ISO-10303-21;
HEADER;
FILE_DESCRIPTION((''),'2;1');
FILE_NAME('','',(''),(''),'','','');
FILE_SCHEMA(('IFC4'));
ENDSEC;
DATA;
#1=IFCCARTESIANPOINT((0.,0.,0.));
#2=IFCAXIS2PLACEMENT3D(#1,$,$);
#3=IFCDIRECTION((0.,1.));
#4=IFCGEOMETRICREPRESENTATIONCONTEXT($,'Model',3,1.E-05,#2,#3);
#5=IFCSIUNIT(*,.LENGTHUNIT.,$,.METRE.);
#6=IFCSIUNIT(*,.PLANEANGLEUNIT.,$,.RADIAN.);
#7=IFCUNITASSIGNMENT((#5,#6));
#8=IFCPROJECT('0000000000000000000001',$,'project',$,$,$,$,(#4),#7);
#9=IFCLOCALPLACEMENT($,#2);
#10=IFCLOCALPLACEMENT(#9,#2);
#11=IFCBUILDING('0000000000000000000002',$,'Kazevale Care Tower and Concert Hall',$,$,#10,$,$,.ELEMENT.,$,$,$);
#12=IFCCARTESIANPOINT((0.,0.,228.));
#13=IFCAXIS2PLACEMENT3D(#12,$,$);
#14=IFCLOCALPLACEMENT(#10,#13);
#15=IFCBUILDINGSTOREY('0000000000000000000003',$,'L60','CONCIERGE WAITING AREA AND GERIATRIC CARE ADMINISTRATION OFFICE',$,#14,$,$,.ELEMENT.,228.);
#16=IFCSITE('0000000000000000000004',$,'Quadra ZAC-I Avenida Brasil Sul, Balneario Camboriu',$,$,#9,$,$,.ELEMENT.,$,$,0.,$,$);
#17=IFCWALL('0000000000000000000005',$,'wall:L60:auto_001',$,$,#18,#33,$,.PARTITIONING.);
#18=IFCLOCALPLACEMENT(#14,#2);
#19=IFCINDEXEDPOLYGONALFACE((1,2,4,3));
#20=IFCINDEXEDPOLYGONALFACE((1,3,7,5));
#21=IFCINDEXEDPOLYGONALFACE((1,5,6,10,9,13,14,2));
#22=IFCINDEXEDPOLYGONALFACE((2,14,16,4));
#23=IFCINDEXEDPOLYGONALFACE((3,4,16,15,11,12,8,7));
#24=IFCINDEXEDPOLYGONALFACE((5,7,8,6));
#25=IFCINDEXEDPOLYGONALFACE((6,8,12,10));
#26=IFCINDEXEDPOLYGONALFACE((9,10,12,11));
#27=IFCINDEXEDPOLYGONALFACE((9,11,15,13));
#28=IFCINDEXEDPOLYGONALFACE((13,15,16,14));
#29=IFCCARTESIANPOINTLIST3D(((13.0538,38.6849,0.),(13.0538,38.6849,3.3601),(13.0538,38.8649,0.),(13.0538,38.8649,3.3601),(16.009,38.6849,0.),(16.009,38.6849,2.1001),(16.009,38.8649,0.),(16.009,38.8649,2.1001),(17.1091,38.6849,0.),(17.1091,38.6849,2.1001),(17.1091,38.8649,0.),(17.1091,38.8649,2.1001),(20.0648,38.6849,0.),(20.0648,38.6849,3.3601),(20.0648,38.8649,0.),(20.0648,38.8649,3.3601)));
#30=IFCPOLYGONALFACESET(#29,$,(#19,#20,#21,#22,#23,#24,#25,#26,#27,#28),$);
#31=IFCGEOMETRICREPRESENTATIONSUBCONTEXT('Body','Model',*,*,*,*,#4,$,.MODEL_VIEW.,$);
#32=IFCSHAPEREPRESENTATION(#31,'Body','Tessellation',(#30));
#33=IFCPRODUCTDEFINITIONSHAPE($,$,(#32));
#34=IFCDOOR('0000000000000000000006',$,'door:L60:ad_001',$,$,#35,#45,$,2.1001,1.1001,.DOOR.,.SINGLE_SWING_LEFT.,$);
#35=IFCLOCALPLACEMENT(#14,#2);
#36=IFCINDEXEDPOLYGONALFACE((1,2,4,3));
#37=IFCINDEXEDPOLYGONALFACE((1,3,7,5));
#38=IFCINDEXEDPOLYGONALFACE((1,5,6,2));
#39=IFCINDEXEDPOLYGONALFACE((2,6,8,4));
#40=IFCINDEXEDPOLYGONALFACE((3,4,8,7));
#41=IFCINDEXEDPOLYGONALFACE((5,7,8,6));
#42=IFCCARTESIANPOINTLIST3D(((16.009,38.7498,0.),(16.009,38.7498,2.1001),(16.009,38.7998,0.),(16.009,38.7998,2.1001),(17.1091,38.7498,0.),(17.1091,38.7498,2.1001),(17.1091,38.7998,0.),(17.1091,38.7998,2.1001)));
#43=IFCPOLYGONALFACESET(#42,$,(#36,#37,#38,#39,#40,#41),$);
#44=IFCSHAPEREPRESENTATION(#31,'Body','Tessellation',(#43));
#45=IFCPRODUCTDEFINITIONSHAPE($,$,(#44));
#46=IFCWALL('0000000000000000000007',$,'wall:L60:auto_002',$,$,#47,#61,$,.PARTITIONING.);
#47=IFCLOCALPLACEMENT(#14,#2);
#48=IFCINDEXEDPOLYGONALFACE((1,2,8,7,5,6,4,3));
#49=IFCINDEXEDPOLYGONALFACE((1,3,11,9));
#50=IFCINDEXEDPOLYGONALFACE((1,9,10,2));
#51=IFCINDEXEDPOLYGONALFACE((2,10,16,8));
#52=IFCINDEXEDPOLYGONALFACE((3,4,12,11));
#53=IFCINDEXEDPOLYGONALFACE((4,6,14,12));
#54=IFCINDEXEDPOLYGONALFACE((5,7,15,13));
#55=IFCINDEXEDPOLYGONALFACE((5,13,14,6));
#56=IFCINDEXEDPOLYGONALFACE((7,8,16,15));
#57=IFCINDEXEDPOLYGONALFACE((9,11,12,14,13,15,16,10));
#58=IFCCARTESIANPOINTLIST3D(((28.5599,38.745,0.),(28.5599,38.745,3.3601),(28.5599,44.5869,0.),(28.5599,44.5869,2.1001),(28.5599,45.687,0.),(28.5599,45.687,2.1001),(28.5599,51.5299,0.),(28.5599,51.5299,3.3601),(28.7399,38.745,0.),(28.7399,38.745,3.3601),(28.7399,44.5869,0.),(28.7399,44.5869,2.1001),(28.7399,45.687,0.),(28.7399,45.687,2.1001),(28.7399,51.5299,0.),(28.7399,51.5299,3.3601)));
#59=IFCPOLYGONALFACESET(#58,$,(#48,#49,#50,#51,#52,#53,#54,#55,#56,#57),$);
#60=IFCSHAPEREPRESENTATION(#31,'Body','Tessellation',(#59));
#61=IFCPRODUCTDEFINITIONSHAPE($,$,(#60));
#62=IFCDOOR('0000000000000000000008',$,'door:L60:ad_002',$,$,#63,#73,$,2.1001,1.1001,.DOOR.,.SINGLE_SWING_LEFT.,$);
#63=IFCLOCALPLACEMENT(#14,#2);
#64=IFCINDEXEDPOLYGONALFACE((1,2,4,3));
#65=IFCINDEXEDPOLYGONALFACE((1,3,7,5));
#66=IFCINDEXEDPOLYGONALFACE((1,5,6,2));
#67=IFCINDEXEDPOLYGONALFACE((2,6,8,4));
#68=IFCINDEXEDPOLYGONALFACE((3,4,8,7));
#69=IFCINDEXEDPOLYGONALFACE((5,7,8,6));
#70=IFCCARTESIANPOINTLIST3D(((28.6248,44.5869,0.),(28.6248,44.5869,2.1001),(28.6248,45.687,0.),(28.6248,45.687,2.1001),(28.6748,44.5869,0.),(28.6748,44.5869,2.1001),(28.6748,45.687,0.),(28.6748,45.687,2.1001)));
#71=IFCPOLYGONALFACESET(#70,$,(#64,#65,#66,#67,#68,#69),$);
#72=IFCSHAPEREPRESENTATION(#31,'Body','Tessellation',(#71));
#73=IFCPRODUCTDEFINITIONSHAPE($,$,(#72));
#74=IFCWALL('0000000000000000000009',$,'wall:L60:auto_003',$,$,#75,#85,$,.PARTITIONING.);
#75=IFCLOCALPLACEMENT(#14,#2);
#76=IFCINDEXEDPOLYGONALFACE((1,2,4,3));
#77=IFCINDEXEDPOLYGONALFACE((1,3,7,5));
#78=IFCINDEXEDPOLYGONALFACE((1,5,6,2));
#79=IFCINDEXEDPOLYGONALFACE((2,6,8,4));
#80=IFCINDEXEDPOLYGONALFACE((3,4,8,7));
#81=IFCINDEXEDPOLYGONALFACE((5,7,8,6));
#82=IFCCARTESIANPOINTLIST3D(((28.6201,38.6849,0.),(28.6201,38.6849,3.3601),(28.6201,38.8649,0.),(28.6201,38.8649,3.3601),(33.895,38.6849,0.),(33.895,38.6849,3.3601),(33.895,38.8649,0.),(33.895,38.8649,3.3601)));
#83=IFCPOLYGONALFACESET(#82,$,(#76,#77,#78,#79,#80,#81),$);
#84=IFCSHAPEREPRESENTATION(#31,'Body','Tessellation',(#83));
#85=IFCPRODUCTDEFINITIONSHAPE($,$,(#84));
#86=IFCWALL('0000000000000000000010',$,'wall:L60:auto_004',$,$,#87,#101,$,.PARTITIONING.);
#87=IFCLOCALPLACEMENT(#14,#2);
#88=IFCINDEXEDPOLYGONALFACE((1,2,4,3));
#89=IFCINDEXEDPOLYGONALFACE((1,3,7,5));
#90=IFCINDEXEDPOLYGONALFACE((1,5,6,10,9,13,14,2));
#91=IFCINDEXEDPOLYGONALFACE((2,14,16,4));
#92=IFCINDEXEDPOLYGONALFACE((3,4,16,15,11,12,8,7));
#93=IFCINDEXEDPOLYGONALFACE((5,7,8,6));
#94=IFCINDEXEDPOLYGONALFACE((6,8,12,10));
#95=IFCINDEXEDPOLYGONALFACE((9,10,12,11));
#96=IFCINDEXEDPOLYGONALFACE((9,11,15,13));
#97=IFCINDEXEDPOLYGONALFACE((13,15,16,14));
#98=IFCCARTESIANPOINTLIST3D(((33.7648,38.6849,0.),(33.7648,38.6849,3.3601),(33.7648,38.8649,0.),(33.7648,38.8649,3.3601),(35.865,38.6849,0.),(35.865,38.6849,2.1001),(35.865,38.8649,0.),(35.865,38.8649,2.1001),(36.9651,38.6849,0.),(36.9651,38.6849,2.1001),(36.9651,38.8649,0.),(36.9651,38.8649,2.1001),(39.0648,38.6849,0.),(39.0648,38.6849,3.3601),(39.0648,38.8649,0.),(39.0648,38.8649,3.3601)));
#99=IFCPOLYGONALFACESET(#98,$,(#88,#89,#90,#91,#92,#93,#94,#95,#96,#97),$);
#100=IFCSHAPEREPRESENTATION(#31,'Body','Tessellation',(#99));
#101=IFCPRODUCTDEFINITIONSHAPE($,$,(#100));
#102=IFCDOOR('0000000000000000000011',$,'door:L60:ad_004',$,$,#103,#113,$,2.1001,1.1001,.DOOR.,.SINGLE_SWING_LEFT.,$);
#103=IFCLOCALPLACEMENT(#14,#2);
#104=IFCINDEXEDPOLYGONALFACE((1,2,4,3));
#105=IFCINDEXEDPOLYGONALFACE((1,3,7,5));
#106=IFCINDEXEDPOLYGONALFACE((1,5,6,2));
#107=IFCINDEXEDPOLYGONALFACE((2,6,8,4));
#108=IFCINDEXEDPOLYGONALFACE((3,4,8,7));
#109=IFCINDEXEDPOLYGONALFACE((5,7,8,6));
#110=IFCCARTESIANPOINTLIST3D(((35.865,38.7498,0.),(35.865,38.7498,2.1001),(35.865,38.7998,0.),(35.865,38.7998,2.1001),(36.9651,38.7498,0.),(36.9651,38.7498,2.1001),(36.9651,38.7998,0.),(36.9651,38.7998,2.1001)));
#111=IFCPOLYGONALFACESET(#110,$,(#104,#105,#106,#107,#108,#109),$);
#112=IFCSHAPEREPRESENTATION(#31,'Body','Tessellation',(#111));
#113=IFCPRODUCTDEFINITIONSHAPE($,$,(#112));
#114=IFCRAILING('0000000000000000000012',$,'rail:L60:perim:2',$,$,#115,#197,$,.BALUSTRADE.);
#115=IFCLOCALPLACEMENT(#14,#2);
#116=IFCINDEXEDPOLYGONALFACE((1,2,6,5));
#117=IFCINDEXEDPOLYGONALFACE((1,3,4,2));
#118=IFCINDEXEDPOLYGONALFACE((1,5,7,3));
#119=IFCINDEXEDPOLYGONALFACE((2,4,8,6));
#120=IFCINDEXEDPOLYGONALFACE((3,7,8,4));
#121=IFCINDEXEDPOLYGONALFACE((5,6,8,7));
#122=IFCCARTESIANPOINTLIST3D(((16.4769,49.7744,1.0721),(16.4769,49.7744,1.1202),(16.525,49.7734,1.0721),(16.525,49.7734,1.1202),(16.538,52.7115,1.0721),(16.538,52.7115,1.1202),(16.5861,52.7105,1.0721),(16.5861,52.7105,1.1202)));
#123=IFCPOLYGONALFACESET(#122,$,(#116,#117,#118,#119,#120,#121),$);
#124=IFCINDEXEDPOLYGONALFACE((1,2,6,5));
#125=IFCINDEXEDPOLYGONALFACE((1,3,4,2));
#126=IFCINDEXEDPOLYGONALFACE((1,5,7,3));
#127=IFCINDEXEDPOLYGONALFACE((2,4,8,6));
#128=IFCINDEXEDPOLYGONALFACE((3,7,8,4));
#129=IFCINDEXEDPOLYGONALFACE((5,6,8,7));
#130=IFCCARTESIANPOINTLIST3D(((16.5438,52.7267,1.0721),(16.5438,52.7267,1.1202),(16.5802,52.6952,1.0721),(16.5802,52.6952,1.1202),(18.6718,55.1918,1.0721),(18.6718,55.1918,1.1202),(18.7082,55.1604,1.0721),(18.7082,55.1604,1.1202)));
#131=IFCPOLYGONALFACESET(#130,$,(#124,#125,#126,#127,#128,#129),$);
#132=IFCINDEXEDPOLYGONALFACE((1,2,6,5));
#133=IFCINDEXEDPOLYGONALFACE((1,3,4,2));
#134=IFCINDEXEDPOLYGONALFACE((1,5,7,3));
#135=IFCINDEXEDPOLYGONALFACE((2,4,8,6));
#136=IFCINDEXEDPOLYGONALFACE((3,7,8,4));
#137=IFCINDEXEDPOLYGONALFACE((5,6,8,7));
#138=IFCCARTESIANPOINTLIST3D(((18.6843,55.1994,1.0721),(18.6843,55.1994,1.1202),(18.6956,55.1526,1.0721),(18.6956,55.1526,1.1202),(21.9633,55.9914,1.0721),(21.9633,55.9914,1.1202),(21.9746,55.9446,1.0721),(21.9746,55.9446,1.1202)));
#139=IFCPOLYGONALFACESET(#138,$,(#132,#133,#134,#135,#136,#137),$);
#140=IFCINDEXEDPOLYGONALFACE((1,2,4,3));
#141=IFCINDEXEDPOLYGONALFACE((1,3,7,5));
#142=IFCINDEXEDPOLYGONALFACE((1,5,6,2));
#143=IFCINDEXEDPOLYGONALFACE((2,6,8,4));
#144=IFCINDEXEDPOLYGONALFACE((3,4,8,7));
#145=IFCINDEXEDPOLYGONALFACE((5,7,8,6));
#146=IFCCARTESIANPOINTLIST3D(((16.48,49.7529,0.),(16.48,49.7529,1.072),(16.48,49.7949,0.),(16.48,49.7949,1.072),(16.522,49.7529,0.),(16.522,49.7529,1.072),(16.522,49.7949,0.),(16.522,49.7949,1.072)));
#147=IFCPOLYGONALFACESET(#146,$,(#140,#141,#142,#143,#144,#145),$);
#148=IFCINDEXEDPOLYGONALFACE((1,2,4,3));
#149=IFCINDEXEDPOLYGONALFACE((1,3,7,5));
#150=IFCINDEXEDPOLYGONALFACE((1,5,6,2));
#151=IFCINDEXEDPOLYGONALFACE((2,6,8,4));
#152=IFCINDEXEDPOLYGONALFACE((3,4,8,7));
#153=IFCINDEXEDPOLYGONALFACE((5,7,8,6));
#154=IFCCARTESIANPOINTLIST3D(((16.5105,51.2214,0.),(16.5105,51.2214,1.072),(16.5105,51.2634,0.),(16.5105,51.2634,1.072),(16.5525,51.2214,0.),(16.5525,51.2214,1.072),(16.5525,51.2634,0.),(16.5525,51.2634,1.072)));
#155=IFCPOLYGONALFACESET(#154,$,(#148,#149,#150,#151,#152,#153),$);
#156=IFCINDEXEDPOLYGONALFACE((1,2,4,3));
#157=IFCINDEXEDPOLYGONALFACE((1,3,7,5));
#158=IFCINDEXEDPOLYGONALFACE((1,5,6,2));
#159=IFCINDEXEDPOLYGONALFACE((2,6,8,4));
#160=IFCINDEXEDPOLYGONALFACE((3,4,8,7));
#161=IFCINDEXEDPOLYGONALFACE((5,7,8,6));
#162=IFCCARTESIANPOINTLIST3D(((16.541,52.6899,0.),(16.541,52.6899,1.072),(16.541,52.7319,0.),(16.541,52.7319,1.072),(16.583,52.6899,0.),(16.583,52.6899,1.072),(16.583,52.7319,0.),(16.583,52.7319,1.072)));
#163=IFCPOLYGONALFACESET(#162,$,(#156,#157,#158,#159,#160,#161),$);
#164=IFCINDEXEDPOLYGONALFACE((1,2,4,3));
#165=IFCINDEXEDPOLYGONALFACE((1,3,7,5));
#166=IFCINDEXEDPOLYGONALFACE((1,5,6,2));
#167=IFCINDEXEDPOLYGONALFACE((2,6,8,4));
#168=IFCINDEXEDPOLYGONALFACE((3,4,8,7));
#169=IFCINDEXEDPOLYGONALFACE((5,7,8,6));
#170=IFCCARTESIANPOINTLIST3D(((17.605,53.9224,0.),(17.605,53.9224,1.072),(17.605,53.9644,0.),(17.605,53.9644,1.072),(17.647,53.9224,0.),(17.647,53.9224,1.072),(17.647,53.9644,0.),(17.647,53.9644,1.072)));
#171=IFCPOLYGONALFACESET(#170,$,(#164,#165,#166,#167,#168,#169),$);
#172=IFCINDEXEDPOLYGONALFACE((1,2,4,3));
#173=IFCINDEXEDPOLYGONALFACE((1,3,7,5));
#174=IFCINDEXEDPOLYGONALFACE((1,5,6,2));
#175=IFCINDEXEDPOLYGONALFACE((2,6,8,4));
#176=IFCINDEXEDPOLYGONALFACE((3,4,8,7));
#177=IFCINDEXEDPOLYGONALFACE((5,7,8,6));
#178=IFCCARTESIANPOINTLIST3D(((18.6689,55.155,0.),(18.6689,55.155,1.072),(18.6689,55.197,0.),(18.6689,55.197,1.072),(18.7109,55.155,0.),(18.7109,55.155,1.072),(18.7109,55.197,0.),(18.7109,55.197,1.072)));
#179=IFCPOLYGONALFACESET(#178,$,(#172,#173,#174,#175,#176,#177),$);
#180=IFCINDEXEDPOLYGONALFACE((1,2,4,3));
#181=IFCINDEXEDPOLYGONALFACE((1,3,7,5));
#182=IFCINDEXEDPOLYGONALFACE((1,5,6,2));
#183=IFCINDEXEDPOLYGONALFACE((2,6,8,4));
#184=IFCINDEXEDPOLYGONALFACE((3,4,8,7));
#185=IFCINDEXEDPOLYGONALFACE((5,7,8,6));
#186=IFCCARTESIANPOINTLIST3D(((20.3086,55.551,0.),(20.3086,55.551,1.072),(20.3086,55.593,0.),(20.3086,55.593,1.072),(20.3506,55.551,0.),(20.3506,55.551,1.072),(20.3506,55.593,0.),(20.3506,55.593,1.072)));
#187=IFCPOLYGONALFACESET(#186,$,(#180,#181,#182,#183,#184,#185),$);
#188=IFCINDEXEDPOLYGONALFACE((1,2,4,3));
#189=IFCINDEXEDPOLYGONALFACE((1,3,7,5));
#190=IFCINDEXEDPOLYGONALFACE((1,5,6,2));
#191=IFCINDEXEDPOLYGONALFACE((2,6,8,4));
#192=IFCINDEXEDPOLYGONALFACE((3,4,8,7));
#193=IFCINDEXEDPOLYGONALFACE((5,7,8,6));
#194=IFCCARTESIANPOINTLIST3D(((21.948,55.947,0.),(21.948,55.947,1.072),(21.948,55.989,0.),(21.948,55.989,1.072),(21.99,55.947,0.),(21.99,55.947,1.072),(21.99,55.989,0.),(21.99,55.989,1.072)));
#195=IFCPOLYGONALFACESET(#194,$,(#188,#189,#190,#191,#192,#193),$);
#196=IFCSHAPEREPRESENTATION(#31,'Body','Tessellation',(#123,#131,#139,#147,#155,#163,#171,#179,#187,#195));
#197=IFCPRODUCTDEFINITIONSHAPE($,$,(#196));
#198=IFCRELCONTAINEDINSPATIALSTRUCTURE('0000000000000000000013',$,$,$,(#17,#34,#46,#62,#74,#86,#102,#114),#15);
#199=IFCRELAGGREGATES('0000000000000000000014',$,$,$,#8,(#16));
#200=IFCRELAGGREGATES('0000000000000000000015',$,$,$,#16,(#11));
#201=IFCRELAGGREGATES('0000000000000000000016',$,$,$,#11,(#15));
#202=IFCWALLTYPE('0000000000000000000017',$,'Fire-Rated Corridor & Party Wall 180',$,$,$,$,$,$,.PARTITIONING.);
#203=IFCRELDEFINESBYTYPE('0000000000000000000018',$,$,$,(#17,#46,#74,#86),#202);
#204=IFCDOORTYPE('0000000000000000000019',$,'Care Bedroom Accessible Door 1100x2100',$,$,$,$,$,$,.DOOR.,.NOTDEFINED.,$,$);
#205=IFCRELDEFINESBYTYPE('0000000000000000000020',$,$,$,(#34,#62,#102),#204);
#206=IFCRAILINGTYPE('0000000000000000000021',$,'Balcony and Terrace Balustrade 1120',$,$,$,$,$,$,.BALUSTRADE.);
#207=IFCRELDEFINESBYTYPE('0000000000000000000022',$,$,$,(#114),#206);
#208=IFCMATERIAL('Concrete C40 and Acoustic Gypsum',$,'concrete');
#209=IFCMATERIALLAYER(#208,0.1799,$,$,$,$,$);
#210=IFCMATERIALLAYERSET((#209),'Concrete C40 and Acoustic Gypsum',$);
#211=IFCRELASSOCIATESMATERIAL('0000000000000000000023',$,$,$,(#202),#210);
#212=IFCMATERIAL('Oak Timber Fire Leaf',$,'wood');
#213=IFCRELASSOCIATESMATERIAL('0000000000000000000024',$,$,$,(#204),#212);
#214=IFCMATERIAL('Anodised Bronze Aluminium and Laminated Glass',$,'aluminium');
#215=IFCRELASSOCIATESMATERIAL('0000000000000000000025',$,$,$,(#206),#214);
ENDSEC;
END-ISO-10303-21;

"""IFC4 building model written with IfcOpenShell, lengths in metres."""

from ifc_helpers import new_model, si_unit, direction, frame, frame_2d, origin, origin_2d, place, context, subcontext, project, spatial, rectangle, extrude, material, layer, layer_set, type_object, element, fill, save


model = new_model("IFC4")

# Units and contexts
model_context = context("Model", 3, precision=1e-05, world=origin(), true_north=direction((0.0, 1.0)))
body_context = subcontext(model_context, "Body", "Model", "MODEL_VIEW")
ifc_project = project(units=[si_unit("LENGTHUNIT", "METRE"), si_unit("PLANEANGLEUNIT", "RADIAN")], contexts=[model_context])

# Site, building, storey
site_placement = place(None, origin())
site = spatial("IfcSite", under=ifc_project, at=site_placement, Name="Quadra ZAC-I Avenida Brasil Sul, Balneario Camboriu", CompositionType="ELEMENT", RefElevation=0.0)
building_placement = place(site_placement, origin())
building = spatial("IfcBuilding", under=site, at=building_placement, Name="Kazevale Care Tower and Concert Hall", CompositionType="ELEMENT")
storey_placement = place(building_placement, frame((0.0, 0.0, 228.0)))
storey = spatial("IfcBuildingStorey", under=building, at=storey_placement, Name="L60", Description="CONCIERGE WAITING AREA AND GERIATRIC CARE ADMINISTRATION OFFICE", CompositionType="ELEMENT", Elevation=228.0)

# Walls, openings, doors
ifc_material_1 = material(Name="Concrete C40 and Acoustic Gypsum", Category="concrete")
ifc_layer_1 = layer(ifc_material_1, 0.1799)
ifc_layer_set_1 = layer_set([ifc_layer_1], Name="Concrete C40 and Acoustic Gypsum")
wall_type_1 = type_object("IfcWallType", Name="Fire-Rated Corridor & Party Wall 180", PredefinedType="PARTITIONING", material=ifc_layer_set_1)
wall_1_placement = place(storey_placement, frame((13.054, 38.7749, 0.0), z_axis=(0.0, 0.0, 1.0), x_axis=(1.0, 0.0, 0.0)))
wall_1 = element("IfcWall", 1, at=wall_1_placement, inside=storey, type_object=wall_type_1, Name="wall:L60:auto_001", PredefinedType="PARTITIONING", context=body_context, shape_type="SweptSolid", body=[
    extrude(rectangle(XDim=7.011, YDim=0.1799, at=frame_2d((3.5054, 0.0))), origin(), (0.0, 0.0, 1.0), 3.3601),
])
opening_1_placement = place(wall_1_placement, frame((2.9551, 0.0, 0.0)))
opening_1 = element("IfcOpeningElement", 2, at=opening_1_placement, cuts=wall_1, PredefinedType="OPENING", context=body_context, shape_type="SweptSolid", body=[
    extrude(rectangle(XDim=1.1001, YDim=2.1001, at=frame_2d((0.55, 1.05))), frame((0.0, 0.0999, 0.0), z_axis=(0.0, -1.0, 0.0), x_axis=(1.0, 0.0, 0.0)), (0.0, 0.0, 1.0), 0.2),
])
ifc_material_2 = material(Name="Oak Timber Fire Leaf", Category="wood")
door_type = type_object("IfcDoorType", Name="Care Bedroom Accessible Door 1100x2100", OperationType="NOTDEFINED", PredefinedType="DOOR", material=ifc_material_2)
door_1_placement = place(opening_1_placement, origin())
door_1 = element("IfcDoor", 3, at=door_1_placement, inside=storey, type_object=door_type, Name="door:L60:ad_001", OperationType="SINGLE_SWING_LEFT", OverallHeight=2.1001, OverallWidth=1.1001, PredefinedType="DOOR", context=body_context, shape_type="SweptSolid", body=[
    extrude(rectangle(XDim=1.1001, YDim=2.1001, at=frame_2d((0.55, 1.05))), frame((0.0, 0.0249, 0.0), z_axis=(0.0, -1.0, 0.0), x_axis=(1.0, 0.0, 0.0)), (0.0, 0.0, 1.0), 0.05),
])
fill(opening_1, door_1)
wall_2_placement = place(storey_placement, frame((28.6499, 51.53, 0.0), z_axis=(0.0, 0.0, 1.0), x_axis=(0.0, -1.0, 0.0)))
wall_2 = element("IfcWall", 4, at=wall_2_placement, inside=storey, type_object=wall_type_1, Name="wall:L60:auto_002", PredefinedType="PARTITIONING", context=body_context, shape_type="SweptSolid", body=[
    extrude(rectangle(XDim=12.7849, YDim=0.1799, at=frame_2d((6.3926, 0.0))), origin(), (0.0, 0.0, 1.0), 3.3601),
])
opening_2_placement = place(wall_2_placement, frame((5.843, 0.0, 0.0)))
opening_2 = element("IfcOpeningElement", 5, at=opening_2_placement, cuts=wall_2, PredefinedType="OPENING", context=body_context, shape_type="SweptSolid", body=[
    extrude(rectangle(XDim=1.1001, YDim=2.1001, at=frame_2d((0.55, 1.05))), frame((0.0, 0.0999, 0.0), z_axis=(0.0, -1.0, 0.0), x_axis=(1.0, 0.0, 0.0)), (0.0, 0.0, 1.0), 0.2),
])
door_2_placement = place(opening_2_placement, origin())
door_2 = element("IfcDoor", 6, at=door_2_placement, inside=storey, type_object=door_type, Name="door:L60:ad_002", OperationType="SINGLE_SWING_LEFT", OverallHeight=2.1001, OverallWidth=1.1001, PredefinedType="DOOR", context=body_context, shape_type="SweptSolid", body=[
    extrude(rectangle(XDim=1.1001, YDim=2.1001, at=frame_2d((0.55, 1.05))), frame((0.0, 0.0249, 0.0), z_axis=(0.0, -1.0, 0.0), x_axis=(1.0, 0.0, 0.0)), (0.0, 0.0, 1.0), 0.05),
])
fill(opening_2, door_2)

# Wall
wall_3_placement = place(storey_placement, frame((28.6201, 38.7749, 0.0), z_axis=(0.0, 0.0, 1.0), x_axis=(1.0, 0.0, 0.0)))
element("IfcWall", 7, at=wall_3_placement, inside=storey, type_object=wall_type_1, Name="wall:L60:auto_003", PredefinedType="PARTITIONING", context=body_context, shape_type="SweptSolid", body=[
    extrude(rectangle(XDim=5.2749, YDim=0.1799, at=frame_2d((2.6375, 0.0))), origin(), (0.0, 0.0, 1.0), 3.3601),
])

# Wall, opening, door
wall_4_placement = place(storey_placement, frame((33.7649, 38.7749, 0.0), z_axis=(0.0, 0.0, 1.0), x_axis=(1.0, 0.0, 0.0)))
wall_4 = element("IfcWall", 8, at=wall_4_placement, inside=storey, type_object=wall_type_1, Name="wall:L60:auto_004", PredefinedType="PARTITIONING", context=body_context, shape_type="SweptSolid", body=[
    extrude(rectangle(XDim=5.3, YDim=0.1799, at=frame_2d((2.6499, 0.0))), origin(), (0.0, 0.0, 1.0), 3.3601),
])
opening_3_placement = place(wall_4_placement, frame((2.1001, 0.0, 0.0)))
opening_3 = element("IfcOpeningElement", 9, at=opening_3_placement, cuts=wall_4, PredefinedType="OPENING", context=body_context, shape_type="SweptSolid", body=[
    extrude(rectangle(XDim=1.1001, YDim=2.1001, at=frame_2d((0.55, 1.05))), frame((0.0, 0.0999, 0.0), z_axis=(0.0, -1.0, 0.0), x_axis=(1.0, 0.0, 0.0)), (0.0, 0.0, 1.0), 0.2),
])
door_3_placement = place(opening_3_placement, origin())
door_3 = element("IfcDoor", 10, at=door_3_placement, inside=storey, type_object=door_type, Name="door:L60:ad_004", OperationType="SINGLE_SWING_LEFT", OverallHeight=2.1001, OverallWidth=1.1001, PredefinedType="DOOR", context=body_context, shape_type="SweptSolid", body=[
    extrude(rectangle(XDim=1.1001, YDim=2.1001, at=frame_2d((0.55, 1.05))), frame((0.0, 0.0249, 0.0), z_axis=(0.0, -1.0, 0.0), x_axis=(1.0, 0.0, 0.0)), (0.0, 0.0, 1.0), 0.05),
])
fill(opening_3, door_3)

# Railing
ifc_material_3 = material(Name="Anodised Bronze Aluminium and Laminated Glass", Category="aluminium")
railing_type = type_object("IfcRailingType", Name="Balcony and Terrace Balustrade 1120", PredefinedType="BALUSTRADE", material=ifc_material_3)
railing_1_placement = place(storey_placement, frame((16.501, 49.7739, 0.0)))
element("IfcRailing", 11, at=railing_1_placement, inside=storey, type_object=railing_type, Name="rail:L60:perim:2", PredefinedType="BALUSTRADE", context=body_context, shape_type="SweptSolid", body=[
    extrude(rectangle(XDim=0.0481, YDim=0.0481, at=origin_2d()), frame((0.0, 0.0, 1.0962), z_axis=(0.020777, 0.999784, 0.0), x_axis=(-0.999784, 0.020777, 0.0)), (0.0, 0.0, 1.0), 2.9377),
    extrude(rectangle(XDim=0.0481, YDim=0.0481, at=origin_2d()), frame((0.061, 2.937, 1.0962), z_axis=(0.653442, 0.756976, 0.0), x_axis=(-0.756976, 0.653442, 0.0)), (0.0, 0.0, 1.0), 3.2566),
    extrude(rectangle(XDim=0.0481, YDim=0.0481, at=origin_2d()), frame((2.189, 5.4021, 1.0962), z_axis=(0.972049, 0.23478, 0.0), x_axis=(-0.23478, 0.972049, 0.0)), (0.0, 0.0, 1.0), 3.3733),
    extrude(rectangle(XDim=0.042, YDim=0.042, at=origin_2d()), origin(), (0.0, 0.0, 1.0), 1.072),
    extrude(rectangle(XDim=0.042, YDim=0.042, at=origin_2d()), frame((0.0305, 1.4685, 0.0)), (0.0, 0.0, 1.0), 1.072),
    extrude(rectangle(XDim=0.042, YDim=0.042, at=origin_2d()), frame((0.061, 2.937, 0.0)), (0.0, 0.0, 1.0), 1.072),
    extrude(rectangle(XDim=0.042, YDim=0.042, at=origin_2d()), frame((1.125, 4.1694, 0.0)), (0.0, 0.0, 1.0), 1.072),
    extrude(rectangle(XDim=0.042, YDim=0.042, at=origin_2d()), frame((2.189, 5.4021, 0.0)), (0.0, 0.0, 1.0), 1.072),
    extrude(rectangle(XDim=0.042, YDim=0.042, at=origin_2d()), frame((3.8286, 5.7981, 0.0)), (0.0, 0.0, 1.0), 1.072),
    extrude(rectangle(XDim=0.042, YDim=0.042, at=origin_2d()), frame((5.468, 6.1941, 0.0)), (0.0, 0.0, 1.0), 1.072),
])

save(model, "model.ifc")
